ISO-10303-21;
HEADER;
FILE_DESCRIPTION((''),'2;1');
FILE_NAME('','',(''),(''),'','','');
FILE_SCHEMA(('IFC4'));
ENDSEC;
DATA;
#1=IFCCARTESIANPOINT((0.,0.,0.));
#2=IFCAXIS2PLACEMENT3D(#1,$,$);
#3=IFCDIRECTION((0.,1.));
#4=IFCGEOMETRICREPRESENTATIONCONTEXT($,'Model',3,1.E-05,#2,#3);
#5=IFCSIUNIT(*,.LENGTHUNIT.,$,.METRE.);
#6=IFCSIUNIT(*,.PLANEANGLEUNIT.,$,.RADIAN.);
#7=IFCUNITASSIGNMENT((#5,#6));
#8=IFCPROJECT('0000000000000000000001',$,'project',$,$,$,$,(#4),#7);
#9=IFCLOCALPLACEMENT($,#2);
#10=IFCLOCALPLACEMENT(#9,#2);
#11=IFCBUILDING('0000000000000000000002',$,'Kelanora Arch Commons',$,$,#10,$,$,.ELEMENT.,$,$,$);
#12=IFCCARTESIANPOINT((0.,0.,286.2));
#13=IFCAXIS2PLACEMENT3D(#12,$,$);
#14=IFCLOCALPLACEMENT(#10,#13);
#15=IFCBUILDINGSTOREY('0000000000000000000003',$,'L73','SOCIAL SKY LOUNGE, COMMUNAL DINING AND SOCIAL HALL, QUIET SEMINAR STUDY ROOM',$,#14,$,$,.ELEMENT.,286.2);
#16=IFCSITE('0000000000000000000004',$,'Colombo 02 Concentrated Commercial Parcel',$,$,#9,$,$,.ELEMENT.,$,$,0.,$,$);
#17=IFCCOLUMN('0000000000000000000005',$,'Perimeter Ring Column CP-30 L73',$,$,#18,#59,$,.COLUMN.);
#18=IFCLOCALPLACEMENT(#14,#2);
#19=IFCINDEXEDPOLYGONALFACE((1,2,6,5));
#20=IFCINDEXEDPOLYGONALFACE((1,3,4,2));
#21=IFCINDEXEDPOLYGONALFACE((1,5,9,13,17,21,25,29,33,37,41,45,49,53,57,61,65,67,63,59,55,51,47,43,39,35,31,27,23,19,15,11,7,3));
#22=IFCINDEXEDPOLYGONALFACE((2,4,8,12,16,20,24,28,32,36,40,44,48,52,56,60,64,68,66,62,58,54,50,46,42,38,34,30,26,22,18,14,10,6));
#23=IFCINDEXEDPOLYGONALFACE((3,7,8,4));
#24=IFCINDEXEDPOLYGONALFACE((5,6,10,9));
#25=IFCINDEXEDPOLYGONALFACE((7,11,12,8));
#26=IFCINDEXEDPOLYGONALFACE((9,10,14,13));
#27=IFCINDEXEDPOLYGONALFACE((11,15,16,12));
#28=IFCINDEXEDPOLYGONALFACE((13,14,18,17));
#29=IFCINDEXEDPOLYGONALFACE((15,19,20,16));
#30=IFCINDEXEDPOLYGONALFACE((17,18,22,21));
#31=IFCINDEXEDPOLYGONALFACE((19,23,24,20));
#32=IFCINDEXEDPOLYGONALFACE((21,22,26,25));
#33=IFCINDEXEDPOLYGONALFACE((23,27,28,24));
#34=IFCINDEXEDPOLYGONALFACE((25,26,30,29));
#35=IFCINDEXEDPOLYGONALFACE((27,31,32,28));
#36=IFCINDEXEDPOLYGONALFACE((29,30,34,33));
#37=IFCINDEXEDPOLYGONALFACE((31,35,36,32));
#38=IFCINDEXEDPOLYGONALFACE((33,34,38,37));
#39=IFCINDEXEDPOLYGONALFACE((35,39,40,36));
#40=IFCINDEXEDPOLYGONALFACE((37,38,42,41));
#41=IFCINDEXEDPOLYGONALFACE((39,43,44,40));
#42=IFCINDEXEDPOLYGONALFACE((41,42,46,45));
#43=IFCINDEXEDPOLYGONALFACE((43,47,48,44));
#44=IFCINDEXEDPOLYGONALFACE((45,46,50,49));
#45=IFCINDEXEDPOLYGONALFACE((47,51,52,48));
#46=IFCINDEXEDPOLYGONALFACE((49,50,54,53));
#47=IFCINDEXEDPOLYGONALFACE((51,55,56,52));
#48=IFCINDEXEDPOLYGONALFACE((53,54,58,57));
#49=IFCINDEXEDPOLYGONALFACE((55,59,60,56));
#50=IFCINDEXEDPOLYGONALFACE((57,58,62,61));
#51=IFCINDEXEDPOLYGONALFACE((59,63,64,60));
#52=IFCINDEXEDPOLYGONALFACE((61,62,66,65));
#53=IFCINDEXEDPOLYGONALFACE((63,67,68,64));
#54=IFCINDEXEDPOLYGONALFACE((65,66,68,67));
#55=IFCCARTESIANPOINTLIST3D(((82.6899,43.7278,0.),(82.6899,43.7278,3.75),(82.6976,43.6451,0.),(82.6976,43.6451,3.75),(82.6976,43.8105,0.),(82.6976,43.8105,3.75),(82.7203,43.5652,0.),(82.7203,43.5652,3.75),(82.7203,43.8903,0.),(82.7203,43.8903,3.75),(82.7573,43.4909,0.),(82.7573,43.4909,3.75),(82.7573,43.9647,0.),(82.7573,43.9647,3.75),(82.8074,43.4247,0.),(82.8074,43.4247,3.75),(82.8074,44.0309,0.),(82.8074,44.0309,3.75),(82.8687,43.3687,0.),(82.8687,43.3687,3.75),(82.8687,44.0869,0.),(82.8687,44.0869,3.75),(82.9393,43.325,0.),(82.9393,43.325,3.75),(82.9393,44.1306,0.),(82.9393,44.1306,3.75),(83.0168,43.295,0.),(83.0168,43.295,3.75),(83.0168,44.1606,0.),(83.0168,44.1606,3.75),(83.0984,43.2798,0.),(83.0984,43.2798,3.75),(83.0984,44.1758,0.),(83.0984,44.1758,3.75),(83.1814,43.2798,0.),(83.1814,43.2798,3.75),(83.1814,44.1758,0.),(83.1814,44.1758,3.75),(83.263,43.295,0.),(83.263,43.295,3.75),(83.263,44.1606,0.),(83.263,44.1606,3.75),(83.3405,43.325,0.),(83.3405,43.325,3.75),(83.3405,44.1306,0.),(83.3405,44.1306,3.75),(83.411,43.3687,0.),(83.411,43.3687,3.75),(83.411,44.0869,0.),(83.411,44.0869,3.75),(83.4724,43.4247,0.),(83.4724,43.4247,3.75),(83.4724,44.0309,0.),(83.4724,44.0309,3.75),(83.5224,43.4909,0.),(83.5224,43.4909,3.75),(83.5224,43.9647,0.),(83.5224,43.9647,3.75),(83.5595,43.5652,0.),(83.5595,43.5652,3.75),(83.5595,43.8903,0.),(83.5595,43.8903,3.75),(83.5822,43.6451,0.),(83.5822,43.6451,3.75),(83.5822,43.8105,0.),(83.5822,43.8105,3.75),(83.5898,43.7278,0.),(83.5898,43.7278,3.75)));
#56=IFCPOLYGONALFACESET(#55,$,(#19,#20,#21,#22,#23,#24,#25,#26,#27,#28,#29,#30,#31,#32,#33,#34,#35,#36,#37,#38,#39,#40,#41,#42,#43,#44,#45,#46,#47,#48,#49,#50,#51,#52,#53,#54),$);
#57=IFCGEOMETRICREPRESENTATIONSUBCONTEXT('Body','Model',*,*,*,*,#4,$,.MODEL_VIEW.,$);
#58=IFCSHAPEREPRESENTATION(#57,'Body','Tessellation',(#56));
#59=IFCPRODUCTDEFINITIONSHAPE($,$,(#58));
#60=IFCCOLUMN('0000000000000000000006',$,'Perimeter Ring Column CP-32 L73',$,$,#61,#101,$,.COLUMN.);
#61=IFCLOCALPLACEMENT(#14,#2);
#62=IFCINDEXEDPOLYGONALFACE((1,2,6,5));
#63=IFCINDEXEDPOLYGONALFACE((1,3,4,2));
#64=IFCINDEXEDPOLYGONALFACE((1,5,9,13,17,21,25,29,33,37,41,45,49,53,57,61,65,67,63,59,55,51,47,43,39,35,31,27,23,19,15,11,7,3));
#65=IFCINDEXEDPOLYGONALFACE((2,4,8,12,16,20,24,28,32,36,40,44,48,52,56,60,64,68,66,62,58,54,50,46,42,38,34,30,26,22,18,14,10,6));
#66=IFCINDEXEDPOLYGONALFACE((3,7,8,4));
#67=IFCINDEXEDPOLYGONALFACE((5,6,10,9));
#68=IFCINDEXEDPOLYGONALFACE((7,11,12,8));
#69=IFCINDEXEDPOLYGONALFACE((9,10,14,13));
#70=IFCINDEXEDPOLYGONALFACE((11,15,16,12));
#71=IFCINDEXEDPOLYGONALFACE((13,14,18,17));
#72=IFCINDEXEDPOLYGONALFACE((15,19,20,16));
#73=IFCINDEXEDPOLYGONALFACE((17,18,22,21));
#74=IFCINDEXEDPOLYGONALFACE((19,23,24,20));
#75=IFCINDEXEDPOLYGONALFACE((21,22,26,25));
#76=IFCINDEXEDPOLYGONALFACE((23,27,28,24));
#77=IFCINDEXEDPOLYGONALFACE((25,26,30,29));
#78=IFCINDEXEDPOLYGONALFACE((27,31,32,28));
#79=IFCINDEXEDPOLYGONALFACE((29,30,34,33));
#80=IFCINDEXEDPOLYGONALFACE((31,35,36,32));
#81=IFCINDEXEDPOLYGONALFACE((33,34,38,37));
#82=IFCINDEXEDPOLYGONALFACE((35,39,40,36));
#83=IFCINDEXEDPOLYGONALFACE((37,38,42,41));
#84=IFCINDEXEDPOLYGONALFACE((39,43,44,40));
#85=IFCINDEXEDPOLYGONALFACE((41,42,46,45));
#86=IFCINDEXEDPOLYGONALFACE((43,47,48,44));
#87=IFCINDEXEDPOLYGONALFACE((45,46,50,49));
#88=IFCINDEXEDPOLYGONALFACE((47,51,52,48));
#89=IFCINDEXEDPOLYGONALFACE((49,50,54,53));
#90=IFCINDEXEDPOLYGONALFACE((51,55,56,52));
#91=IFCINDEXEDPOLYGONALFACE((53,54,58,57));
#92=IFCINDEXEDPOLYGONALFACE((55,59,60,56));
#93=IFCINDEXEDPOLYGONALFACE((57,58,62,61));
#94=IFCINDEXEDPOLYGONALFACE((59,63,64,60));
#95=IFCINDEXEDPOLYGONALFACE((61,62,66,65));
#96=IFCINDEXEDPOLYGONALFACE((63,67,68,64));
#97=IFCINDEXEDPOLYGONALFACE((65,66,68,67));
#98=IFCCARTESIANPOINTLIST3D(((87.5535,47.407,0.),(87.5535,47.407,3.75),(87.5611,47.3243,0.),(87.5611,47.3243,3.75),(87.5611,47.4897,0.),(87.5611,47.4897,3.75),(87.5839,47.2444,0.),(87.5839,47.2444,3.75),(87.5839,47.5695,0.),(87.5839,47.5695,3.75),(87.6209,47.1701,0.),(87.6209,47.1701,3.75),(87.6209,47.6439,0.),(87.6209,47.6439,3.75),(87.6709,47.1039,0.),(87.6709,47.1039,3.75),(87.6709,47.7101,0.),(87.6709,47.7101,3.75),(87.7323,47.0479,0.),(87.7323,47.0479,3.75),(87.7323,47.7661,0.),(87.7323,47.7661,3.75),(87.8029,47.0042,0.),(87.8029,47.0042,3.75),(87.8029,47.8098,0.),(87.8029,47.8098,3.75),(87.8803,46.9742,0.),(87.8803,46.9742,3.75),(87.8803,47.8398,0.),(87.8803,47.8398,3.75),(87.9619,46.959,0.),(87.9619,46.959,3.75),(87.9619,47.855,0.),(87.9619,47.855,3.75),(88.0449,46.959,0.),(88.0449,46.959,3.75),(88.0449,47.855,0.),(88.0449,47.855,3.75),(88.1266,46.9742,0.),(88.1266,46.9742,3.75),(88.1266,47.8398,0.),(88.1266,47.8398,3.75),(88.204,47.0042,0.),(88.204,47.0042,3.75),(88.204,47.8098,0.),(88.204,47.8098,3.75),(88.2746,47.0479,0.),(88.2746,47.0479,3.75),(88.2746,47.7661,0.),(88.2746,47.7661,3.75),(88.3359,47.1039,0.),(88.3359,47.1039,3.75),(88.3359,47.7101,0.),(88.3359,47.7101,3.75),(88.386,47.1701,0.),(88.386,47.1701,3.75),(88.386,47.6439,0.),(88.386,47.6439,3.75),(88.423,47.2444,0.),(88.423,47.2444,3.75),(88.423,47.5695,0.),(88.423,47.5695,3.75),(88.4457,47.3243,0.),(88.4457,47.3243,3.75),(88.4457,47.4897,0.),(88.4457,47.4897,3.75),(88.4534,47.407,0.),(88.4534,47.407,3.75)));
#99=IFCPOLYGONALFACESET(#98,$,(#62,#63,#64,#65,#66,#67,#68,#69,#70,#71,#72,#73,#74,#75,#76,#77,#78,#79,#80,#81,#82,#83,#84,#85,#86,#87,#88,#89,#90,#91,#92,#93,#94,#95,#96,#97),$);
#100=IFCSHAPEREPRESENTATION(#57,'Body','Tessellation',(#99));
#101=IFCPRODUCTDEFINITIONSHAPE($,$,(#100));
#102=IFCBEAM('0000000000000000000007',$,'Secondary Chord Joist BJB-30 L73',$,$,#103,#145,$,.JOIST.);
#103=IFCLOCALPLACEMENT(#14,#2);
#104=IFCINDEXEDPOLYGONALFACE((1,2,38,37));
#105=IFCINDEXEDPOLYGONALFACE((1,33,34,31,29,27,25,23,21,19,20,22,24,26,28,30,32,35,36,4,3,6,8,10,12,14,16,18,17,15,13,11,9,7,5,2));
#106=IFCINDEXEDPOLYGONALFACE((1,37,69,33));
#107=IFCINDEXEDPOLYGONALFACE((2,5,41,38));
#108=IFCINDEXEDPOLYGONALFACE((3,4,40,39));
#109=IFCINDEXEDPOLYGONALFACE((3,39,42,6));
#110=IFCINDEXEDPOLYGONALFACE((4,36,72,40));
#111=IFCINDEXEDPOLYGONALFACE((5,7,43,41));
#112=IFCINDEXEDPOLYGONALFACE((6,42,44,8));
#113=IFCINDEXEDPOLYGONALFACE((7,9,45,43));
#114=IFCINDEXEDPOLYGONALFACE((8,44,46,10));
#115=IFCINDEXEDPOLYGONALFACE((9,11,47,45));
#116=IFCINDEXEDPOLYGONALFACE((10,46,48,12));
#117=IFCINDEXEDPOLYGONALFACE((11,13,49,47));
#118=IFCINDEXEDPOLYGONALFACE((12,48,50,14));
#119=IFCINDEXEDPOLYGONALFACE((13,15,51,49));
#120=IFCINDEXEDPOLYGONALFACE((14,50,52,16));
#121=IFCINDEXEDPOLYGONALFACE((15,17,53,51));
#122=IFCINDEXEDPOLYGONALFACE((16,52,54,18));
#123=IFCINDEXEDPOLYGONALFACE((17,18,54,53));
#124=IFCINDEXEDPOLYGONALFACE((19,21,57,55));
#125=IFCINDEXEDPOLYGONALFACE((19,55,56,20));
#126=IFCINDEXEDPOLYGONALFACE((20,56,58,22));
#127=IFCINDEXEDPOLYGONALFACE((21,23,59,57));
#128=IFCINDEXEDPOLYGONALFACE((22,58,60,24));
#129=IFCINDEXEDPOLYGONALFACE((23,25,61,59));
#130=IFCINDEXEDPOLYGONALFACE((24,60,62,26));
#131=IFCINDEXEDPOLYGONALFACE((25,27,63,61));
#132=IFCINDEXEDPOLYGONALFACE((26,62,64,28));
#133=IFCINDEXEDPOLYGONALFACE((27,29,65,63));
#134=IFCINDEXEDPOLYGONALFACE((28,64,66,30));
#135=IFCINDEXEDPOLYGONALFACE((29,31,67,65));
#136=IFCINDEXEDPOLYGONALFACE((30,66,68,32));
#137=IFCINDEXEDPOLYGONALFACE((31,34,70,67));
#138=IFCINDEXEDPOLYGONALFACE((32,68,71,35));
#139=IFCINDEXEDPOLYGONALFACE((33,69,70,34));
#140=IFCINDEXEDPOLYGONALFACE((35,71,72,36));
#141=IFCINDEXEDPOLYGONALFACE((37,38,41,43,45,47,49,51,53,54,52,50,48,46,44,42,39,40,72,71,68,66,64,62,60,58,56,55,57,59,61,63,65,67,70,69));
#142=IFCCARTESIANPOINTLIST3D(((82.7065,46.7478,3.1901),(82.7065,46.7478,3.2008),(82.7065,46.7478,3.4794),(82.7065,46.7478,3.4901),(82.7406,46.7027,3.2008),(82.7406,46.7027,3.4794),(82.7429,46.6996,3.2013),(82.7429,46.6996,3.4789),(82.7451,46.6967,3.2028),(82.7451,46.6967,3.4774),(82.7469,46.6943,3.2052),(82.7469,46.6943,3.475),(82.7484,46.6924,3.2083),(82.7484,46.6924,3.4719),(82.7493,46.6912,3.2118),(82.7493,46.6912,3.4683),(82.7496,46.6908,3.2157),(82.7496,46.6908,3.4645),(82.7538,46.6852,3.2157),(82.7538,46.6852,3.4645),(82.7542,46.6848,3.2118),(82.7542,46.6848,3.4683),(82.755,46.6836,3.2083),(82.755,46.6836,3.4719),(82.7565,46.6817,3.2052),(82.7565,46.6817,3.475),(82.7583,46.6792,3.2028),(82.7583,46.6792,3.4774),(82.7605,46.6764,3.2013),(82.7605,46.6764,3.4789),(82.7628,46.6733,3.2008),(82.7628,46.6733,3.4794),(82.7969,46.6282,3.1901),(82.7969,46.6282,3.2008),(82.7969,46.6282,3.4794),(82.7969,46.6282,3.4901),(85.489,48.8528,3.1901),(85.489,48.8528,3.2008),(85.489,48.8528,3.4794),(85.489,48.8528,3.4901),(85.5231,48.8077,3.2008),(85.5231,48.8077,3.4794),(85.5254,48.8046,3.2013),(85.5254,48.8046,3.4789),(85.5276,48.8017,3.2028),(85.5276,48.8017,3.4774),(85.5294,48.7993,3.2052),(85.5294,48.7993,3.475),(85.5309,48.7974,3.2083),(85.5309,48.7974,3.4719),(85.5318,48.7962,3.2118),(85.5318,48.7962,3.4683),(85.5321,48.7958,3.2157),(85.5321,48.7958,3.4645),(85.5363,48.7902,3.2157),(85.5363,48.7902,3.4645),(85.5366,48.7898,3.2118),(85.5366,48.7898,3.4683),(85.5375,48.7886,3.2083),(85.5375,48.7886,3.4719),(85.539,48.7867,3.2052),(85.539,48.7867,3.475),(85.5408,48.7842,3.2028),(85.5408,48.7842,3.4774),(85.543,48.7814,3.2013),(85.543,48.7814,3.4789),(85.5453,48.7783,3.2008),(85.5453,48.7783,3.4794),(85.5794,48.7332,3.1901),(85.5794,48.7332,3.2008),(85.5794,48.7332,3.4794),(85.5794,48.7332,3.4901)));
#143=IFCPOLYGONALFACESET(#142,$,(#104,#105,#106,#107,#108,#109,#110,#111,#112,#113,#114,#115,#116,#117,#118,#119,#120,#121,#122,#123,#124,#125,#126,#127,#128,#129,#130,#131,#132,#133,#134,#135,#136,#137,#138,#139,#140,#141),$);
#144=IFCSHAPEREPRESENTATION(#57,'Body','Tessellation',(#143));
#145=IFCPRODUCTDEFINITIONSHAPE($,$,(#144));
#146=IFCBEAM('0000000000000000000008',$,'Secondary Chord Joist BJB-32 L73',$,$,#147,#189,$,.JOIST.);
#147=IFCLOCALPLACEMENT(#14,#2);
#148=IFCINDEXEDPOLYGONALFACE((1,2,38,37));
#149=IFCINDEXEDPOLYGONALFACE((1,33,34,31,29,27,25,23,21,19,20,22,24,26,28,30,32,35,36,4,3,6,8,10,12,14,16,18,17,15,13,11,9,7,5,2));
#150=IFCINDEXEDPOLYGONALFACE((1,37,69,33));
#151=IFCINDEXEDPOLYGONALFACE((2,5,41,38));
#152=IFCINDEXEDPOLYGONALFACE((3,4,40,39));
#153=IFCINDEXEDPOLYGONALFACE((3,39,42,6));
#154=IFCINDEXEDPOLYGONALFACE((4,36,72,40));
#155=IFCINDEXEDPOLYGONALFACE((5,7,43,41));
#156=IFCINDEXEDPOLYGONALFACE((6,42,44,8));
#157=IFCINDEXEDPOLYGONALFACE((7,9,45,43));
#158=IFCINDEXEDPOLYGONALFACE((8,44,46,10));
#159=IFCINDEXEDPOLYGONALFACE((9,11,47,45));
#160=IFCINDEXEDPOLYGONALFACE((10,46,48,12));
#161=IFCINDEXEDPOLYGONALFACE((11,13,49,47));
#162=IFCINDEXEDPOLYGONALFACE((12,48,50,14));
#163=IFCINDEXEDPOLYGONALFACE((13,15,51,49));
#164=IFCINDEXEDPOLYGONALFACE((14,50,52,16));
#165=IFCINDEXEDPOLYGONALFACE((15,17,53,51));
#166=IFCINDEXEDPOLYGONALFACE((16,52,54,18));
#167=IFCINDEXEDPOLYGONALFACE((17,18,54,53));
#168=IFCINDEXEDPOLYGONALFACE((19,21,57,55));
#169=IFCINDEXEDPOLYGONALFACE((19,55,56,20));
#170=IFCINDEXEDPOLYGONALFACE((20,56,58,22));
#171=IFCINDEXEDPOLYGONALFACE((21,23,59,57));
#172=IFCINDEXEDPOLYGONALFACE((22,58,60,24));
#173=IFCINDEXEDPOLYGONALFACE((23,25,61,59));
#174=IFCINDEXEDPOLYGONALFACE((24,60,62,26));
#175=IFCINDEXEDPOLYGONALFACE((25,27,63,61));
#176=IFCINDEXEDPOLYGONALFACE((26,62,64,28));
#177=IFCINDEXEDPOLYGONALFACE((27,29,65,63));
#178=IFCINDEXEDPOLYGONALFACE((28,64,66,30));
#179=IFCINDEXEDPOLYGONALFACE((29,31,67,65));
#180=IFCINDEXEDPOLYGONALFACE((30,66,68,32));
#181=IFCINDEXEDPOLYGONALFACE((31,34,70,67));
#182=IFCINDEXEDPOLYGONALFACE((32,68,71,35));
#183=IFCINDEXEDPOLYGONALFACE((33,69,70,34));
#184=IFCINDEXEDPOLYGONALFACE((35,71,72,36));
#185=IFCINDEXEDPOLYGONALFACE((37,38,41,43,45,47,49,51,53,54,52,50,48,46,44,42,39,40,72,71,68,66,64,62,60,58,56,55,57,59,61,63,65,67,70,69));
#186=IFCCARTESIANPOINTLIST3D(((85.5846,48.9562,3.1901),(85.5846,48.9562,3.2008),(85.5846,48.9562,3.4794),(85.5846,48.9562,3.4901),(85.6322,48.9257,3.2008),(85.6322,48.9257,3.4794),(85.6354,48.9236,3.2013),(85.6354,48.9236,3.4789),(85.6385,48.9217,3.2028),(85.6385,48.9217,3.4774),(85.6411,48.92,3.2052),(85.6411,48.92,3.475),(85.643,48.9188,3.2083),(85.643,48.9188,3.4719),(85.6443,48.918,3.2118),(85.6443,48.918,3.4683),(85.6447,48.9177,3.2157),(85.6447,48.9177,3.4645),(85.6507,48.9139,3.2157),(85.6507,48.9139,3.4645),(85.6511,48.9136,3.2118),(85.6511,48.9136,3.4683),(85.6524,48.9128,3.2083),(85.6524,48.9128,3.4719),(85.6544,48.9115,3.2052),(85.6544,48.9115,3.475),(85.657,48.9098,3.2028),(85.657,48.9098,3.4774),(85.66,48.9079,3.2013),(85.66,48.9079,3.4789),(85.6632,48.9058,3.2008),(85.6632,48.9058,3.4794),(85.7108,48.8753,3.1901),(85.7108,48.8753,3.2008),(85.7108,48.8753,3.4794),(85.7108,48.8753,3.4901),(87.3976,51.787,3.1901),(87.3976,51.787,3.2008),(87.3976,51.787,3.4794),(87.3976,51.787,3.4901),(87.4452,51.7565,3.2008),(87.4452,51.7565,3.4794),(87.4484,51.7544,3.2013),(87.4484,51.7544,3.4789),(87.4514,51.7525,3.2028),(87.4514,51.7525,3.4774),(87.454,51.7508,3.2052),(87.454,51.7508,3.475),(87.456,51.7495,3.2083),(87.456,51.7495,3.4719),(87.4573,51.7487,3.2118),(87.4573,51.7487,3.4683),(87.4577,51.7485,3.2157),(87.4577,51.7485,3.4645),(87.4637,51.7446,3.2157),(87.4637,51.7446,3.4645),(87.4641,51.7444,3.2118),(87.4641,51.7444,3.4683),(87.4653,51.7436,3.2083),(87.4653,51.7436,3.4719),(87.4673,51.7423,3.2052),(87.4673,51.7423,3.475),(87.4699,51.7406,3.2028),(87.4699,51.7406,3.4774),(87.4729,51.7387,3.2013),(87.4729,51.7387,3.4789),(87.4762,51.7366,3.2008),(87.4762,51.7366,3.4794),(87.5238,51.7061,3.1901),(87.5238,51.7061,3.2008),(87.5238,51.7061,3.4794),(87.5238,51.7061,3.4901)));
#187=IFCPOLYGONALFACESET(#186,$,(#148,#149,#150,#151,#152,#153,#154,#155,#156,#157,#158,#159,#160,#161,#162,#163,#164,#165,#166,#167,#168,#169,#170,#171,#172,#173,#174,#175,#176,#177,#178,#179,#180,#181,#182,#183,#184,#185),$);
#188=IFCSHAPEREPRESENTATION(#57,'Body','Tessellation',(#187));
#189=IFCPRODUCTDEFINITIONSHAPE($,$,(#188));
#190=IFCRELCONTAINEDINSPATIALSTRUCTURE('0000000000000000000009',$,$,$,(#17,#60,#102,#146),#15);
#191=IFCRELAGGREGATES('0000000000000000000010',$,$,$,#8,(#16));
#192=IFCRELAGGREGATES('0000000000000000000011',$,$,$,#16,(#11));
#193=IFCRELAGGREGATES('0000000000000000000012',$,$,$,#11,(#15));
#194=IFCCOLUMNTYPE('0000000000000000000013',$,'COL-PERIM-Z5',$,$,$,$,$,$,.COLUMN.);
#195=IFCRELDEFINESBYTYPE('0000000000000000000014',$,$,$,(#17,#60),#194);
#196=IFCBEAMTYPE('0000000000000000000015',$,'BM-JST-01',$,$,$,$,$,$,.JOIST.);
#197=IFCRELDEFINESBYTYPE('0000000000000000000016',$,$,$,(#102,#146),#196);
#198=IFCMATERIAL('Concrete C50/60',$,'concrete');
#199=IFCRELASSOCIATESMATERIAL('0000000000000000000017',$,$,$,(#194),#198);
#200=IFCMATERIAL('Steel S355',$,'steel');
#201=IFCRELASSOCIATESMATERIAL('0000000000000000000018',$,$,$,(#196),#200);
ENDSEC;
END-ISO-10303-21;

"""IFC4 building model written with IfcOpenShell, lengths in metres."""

from ifc_helpers import new_model, si_unit, direction, frame, origin, origin_2d, place, context, subcontext, project, spatial, circle, i_section, extrude, material, material_profile, profile_set, type_object, element, save


model = new_model("IFC4")

# Units and contexts
model_context = context("Model", 3, precision=1e-05, world=origin(), true_north=direction((0.0, 1.0)))
body_context = subcontext(model_context, "Body", "Model", "MODEL_VIEW")
ifc_project = project(units=[si_unit("LENGTHUNIT", "METRE"), si_unit("PLANEANGLEUNIT", "RADIAN")], contexts=[model_context])

# Site, building, storey
site_placement = place(None, origin())
site = spatial("IfcSite", under=ifc_project, at=site_placement, Name="Colombo 02 Concentrated Commercial Parcel", CompositionType="ELEMENT", RefElevation=0.0)
building_placement = place(site_placement, origin())
building = spatial("IfcBuilding", under=site, at=building_placement, Name="Kelanora Arch Commons", CompositionType="ELEMENT")
storey_placement = place(building_placement, frame((0.0, 0.0, 286.2)))
storey = spatial("IfcBuildingStorey", under=building, at=storey_placement, Name="L73", Description="SOCIAL SKY LOUNGE, COMMUNAL DINING AND SOCIAL HALL, QUIET SEMINAR STUDY ROOM", CompositionType="ELEMENT", Elevation=286.2)

# Columns
ifc_material_1 = material(Name="Concrete C50/60", Category="concrete")
ifc_material_profile_1 = material_profile(ifc_material_1, circle(Radius=0.45, at=origin_2d()), Name="RCC900")
ifc_profile_set_1 = profile_set([ifc_material_profile_1], Name="Concrete C50/60")
column_type = type_object("IfcColumnType", Name="COL-PERIM-Z5", PredefinedType="COLUMN", material=ifc_profile_set_1)
for number, where, z_axis, x_axis, name in (
    (1, (83.1399, 43.7278, 0.0), (0.0, 0.0, 1.0), (1.0, 0.0, 0.0), "Perimeter Ring Column CP-30 L73"),
    (2, (88.0034, 47.407, 0.0), (0.0, 0.0, 1.0), (1.0, 0.0, 0.0), "Perimeter Ring Column CP-32 L73"),
):
    element("IfcColumn", number, at=place(storey_placement, frame(where, z_axis=z_axis, x_axis=x_axis)), inside=storey, type_object=column_type, Name=name, PredefinedType="COLUMN", context=body_context, shape_type="SweptSolid", body=[
        extrude(circle(Radius=0.45, at=origin_2d()), origin(), (0.0, 0.0, 1.0), 3.75),
    ])

# Beams
ifc_material_2 = material(Name="Steel S355", Category="steel")
ifc_material_profile_2 = material_profile(ifc_material_2, i_section(OverallWidth=0.1499, OverallDepth=0.3, WebThickness=0.0071, FlangeThickness=0.0107, FilletRadius=0.0149, at=origin_2d()), Name="IPE300")
ifc_profile_set_2 = profile_set([ifc_material_profile_2], Name="Steel S355")
beam_type_1 = type_object("IfcBeamType", Name="BM-JST-01", PredefinedType="JOIST", material=ifc_profile_set_2)
beam_1_placement = place(storey_placement, frame((82.7517, 46.688, 3.3401), z_axis=(0.797499, 0.60332, 0.0), x_axis=(-0.60332, 0.797499, 0.0)))
element("IfcBeam", 3, at=beam_1_placement, inside=storey, type_object=beam_type_1, Name="Secondary Chord Joist BJB-30 L73", PredefinedType="JOIST", context=body_context, shape_type="SweptSolid", body=[
    extrude(i_section(OverallWidth=0.1499, OverallDepth=0.3, WebThickness=0.0071, FlangeThickness=0.0107, FilletRadius=0.0149, at=origin_2d()), origin(), (0.0, 0.0, 1.0), 3.489),
])
beam_2_placement = place(storey_placement, frame((85.6477, 48.9158, 3.3401), z_axis=(0.539322, 0.8421, 0.0), x_axis=(-0.8421, 0.539322, 0.0)))
element("IfcBeam", 4, at=beam_2_placement, inside=storey, type_object=beam_type_1, Name="Secondary Chord Joist BJB-32 L73", PredefinedType="JOIST", context=body_context, shape_type="SweptSolid", body=[
    extrude(i_section(OverallWidth=0.1499, OverallDepth=0.3, WebThickness=0.0071, FlangeThickness=0.0107, FilletRadius=0.0149, at=origin_2d()), origin(), (0.0, 0.0, 1.0), 3.3616),
])

save(model, "model.ifc")
